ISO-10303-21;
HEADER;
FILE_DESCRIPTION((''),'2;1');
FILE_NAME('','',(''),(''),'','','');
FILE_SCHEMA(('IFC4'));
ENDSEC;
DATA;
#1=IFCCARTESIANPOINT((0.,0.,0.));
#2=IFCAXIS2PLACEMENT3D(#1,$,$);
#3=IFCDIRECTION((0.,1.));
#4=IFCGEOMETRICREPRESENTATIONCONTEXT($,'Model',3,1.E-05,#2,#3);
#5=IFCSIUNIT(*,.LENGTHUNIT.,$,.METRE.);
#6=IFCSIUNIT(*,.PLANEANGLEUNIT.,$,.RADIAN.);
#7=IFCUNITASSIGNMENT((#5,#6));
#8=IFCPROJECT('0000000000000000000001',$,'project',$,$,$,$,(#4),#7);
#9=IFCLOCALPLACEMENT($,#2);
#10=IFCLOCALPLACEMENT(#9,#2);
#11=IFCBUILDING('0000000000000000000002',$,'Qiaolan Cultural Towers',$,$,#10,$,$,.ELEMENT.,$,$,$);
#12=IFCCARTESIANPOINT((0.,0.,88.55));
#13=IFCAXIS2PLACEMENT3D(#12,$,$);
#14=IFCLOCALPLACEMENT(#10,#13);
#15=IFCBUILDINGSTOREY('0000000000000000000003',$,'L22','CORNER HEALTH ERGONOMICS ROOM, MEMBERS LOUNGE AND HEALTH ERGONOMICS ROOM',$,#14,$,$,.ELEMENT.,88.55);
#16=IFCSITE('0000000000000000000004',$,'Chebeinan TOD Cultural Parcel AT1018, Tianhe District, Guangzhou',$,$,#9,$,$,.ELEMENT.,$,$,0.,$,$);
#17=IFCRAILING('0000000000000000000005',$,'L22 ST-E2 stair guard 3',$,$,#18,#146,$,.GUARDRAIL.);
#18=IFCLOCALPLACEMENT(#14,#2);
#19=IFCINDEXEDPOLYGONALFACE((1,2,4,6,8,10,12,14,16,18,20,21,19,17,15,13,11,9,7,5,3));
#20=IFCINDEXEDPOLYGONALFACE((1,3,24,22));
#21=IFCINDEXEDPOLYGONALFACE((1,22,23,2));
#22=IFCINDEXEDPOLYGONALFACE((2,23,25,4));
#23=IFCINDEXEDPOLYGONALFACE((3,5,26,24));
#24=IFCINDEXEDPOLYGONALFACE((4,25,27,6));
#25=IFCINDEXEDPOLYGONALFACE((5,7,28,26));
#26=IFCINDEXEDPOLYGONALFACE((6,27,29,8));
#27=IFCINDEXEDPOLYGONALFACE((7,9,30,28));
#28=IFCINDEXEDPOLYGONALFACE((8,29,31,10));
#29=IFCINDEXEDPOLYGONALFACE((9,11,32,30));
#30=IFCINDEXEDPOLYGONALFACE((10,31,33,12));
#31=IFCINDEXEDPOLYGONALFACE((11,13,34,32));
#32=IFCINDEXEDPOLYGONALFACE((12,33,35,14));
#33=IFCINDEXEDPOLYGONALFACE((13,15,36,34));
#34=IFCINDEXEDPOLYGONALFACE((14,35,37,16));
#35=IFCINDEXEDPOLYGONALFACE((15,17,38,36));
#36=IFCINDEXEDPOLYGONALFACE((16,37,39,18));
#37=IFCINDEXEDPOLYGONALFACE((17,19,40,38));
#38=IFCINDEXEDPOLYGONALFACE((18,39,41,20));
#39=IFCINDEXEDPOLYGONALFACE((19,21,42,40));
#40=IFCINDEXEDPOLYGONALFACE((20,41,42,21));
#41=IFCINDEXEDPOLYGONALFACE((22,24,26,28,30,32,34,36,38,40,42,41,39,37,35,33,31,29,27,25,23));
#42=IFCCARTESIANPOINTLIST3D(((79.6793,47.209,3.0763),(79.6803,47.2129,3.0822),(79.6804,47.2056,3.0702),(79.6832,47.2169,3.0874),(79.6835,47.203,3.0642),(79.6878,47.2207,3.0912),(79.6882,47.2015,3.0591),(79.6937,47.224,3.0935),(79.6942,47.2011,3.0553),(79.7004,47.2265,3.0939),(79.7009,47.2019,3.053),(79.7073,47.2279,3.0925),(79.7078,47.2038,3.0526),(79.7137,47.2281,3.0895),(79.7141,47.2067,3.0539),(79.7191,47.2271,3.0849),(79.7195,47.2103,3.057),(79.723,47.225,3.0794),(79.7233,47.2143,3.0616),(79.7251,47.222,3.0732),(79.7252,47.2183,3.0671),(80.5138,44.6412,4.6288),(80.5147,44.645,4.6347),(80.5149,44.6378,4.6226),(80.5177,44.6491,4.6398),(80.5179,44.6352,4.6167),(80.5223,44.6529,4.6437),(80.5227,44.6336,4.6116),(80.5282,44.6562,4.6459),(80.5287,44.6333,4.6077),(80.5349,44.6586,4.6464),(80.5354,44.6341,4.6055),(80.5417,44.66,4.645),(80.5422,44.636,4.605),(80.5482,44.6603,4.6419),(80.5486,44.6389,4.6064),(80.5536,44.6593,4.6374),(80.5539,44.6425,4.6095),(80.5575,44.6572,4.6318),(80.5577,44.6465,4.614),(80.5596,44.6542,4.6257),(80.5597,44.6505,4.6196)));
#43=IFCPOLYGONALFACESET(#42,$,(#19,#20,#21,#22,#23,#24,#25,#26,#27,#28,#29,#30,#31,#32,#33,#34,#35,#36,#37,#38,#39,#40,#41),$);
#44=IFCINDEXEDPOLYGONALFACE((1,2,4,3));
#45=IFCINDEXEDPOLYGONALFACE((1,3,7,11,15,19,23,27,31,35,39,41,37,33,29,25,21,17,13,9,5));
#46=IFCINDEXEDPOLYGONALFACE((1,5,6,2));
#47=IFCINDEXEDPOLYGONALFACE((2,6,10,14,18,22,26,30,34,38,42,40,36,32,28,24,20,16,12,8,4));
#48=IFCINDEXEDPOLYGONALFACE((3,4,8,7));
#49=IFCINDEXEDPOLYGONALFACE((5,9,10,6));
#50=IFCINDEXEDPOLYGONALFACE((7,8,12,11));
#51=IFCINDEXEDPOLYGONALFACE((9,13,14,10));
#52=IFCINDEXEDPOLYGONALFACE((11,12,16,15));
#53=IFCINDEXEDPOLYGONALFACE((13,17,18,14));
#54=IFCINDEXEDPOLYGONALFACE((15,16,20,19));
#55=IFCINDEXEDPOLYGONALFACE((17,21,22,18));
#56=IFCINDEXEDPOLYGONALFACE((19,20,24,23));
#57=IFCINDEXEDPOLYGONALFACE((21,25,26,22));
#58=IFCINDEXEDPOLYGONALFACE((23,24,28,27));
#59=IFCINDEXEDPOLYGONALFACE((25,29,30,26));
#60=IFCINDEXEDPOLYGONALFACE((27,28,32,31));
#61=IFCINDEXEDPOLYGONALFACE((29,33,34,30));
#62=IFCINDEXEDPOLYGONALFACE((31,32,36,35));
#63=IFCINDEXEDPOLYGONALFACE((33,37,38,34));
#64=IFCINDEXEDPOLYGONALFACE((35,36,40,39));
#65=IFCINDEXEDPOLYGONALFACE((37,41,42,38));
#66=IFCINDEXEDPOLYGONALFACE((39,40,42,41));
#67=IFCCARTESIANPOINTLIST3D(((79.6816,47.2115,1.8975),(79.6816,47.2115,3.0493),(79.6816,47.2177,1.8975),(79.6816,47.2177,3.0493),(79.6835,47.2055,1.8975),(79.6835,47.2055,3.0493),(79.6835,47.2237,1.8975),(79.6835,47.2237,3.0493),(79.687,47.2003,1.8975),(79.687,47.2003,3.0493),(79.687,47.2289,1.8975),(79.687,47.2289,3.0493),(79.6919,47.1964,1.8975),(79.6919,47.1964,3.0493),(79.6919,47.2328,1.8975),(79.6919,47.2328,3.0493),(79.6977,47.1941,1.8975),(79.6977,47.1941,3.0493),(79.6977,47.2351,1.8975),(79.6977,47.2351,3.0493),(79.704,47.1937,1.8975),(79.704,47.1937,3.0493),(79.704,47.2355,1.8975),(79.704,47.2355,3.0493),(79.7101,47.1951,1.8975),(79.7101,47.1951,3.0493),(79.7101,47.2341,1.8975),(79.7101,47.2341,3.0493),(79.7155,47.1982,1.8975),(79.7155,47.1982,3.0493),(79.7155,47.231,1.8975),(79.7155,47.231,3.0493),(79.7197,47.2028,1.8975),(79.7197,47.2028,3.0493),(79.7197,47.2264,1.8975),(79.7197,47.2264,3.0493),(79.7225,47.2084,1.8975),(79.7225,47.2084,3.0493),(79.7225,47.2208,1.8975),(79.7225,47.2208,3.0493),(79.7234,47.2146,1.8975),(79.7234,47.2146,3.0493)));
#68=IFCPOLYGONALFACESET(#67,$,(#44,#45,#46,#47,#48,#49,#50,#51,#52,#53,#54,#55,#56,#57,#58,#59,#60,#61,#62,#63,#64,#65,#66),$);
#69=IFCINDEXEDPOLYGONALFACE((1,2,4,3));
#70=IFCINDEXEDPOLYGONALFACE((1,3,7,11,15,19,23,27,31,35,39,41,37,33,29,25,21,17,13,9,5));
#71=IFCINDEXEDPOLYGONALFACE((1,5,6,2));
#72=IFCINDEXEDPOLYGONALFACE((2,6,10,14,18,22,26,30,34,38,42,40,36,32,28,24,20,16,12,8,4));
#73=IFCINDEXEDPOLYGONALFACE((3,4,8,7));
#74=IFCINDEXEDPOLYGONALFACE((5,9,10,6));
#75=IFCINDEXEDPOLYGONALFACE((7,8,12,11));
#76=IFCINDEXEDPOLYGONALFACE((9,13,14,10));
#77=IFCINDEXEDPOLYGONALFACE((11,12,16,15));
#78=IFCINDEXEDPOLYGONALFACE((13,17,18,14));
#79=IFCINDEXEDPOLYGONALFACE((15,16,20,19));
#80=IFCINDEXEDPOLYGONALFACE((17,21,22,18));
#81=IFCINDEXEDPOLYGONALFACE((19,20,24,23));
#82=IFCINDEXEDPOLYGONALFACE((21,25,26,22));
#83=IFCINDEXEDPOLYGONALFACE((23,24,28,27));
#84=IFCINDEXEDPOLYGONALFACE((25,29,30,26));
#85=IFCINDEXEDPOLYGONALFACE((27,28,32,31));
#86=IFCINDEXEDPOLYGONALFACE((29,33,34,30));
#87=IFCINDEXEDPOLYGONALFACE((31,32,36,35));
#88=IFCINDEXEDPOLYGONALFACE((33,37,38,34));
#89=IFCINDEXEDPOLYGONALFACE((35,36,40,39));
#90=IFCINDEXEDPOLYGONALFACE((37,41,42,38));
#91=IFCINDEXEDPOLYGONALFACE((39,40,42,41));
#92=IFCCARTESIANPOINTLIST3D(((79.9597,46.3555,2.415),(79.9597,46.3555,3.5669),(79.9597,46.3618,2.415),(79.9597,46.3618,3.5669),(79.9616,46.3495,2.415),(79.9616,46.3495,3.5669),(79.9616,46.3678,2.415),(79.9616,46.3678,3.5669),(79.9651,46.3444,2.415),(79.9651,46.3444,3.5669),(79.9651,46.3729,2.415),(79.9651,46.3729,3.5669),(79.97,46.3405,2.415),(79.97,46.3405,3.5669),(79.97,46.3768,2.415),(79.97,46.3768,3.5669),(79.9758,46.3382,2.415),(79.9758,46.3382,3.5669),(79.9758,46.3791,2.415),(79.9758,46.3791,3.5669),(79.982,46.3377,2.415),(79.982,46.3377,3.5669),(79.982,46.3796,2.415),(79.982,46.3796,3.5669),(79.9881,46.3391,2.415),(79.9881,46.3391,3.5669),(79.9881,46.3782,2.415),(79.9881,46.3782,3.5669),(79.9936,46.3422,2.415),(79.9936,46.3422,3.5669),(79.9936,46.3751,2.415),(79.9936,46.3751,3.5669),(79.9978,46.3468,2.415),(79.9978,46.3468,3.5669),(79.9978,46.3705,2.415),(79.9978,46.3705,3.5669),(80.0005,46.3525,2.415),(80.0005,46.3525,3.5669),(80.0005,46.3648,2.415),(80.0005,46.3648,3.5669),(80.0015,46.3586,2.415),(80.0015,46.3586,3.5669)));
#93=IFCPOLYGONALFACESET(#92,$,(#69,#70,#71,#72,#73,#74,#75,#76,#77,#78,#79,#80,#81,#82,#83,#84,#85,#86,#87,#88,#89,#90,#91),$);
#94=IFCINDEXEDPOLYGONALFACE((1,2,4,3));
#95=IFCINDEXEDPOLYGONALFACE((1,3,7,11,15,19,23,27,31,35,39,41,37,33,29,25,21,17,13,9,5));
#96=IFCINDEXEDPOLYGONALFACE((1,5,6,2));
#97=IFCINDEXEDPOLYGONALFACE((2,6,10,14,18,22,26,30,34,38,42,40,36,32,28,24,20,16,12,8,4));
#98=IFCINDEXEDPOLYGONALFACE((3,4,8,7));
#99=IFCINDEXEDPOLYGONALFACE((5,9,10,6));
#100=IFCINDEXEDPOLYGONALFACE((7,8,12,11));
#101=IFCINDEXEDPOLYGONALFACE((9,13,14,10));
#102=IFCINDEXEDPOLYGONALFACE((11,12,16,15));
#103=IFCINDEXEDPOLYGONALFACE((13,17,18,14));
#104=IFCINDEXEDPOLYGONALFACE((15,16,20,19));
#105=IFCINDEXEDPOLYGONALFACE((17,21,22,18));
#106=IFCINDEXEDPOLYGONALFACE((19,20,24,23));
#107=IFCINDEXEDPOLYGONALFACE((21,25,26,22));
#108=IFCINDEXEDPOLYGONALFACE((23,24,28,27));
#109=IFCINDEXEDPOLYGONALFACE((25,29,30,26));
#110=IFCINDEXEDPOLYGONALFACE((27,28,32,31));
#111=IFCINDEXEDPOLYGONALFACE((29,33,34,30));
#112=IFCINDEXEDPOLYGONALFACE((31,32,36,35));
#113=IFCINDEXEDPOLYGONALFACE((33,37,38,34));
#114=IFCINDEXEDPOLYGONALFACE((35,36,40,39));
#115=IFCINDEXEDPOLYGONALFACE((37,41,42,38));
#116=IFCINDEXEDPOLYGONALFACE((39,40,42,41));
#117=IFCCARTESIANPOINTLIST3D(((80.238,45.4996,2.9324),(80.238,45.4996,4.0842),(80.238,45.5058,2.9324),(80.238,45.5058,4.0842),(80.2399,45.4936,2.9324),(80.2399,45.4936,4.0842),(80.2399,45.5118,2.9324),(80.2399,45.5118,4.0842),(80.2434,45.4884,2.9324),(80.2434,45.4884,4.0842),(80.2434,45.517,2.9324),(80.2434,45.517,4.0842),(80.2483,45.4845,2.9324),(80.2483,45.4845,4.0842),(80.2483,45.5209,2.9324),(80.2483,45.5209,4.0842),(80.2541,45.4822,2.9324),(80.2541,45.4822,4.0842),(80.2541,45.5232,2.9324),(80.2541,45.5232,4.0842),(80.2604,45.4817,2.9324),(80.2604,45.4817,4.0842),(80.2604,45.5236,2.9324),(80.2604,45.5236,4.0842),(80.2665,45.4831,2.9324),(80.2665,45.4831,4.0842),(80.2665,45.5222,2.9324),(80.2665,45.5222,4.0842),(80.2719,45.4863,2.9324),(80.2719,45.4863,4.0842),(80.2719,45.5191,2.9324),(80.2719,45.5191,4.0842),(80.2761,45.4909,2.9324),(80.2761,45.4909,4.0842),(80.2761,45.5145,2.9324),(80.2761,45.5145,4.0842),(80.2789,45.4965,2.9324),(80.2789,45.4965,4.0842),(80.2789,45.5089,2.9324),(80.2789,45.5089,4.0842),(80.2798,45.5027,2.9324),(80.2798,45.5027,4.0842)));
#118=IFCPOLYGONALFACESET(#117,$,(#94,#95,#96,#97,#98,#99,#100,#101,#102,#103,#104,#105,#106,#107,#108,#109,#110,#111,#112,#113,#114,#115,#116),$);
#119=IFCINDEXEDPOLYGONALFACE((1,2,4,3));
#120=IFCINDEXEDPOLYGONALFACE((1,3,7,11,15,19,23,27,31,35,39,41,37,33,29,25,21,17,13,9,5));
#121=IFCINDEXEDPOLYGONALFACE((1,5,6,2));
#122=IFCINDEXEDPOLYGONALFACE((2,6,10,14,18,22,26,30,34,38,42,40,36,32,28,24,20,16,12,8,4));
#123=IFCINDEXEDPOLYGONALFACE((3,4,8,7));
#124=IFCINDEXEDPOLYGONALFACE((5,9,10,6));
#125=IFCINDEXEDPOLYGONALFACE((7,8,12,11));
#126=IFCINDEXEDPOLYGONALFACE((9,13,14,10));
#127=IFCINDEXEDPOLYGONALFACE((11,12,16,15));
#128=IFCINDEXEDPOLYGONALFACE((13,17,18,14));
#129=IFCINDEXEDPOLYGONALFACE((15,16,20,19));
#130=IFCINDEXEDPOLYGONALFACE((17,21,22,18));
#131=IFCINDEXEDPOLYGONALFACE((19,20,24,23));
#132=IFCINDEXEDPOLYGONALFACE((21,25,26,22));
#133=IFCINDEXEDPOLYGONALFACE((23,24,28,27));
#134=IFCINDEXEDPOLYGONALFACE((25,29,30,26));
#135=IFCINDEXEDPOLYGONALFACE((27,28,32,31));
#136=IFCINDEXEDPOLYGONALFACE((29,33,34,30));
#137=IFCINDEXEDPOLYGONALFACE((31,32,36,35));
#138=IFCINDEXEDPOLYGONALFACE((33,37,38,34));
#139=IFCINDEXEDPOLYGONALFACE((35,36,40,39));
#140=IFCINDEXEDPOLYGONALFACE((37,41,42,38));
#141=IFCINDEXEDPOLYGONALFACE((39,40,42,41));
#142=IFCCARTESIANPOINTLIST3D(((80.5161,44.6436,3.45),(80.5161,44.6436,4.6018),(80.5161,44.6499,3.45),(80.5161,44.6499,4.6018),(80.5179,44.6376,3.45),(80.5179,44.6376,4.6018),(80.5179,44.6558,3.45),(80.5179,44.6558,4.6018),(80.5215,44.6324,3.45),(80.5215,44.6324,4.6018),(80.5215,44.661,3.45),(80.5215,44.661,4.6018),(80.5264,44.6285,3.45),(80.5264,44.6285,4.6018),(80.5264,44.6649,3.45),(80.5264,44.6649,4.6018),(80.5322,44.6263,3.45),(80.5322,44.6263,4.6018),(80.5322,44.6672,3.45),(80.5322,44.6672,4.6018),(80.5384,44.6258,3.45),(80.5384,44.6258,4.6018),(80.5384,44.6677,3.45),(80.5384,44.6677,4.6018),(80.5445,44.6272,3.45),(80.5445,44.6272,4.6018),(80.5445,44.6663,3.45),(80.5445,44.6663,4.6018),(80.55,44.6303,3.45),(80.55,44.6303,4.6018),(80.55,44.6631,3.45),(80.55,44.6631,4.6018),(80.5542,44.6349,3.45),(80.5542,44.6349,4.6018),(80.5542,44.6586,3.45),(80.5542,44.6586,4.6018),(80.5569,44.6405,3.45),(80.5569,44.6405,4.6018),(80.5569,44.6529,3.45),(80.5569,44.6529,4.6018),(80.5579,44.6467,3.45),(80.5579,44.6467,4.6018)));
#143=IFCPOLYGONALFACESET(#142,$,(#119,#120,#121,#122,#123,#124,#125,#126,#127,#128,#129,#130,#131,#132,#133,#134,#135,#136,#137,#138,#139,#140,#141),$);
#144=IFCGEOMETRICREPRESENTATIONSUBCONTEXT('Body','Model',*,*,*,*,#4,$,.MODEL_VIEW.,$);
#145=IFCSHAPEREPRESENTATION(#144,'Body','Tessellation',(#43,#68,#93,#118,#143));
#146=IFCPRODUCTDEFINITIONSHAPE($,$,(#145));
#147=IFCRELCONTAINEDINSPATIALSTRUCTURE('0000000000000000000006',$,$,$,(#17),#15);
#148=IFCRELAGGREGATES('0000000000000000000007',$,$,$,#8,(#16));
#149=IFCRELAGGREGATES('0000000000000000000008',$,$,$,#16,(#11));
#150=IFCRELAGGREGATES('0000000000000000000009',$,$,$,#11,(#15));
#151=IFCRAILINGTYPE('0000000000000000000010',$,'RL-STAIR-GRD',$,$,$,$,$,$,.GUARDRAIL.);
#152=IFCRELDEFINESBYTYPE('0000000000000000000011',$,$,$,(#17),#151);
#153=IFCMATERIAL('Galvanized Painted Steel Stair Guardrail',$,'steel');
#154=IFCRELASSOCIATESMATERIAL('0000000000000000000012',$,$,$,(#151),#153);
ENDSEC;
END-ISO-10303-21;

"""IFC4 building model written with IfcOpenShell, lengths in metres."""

from ifc_helpers import new_model, si_unit, direction, frame, origin, origin_2d, place, context, subcontext, project, spatial, circle, extrude, material, type_object, element, save


model = new_model("IFC4")

# Units and contexts
model_context = context("Model", 3, precision=1e-05, world=origin(), true_north=direction((0.0, 1.0)))
body_context = subcontext(model_context, "Body", "Model", "MODEL_VIEW")
ifc_project = project(units=[si_unit("LENGTHUNIT", "METRE"), si_unit("PLANEANGLEUNIT", "RADIAN")], contexts=[model_context])

# Site, building, storey
site_placement = place(None, origin())
site = spatial("IfcSite", under=ifc_project, at=site_placement, Name="Chebeinan TOD Cultural Parcel AT1018, Tianhe District, Guangzhou", CompositionType="ELEMENT", RefElevation=0.0)
building_placement = place(site_placement, origin())
building = spatial("IfcBuilding", under=site, at=building_placement, Name="Qiaolan Cultural Towers", CompositionType="ELEMENT")
storey_placement = place(building_placement, frame((0.0, 0.0, 88.55)))
storey = spatial("IfcBuildingStorey", under=building, at=storey_placement, Name="L22", Description="CORNER HEALTH ERGONOMICS ROOM, MEMBERS LOUNGE AND HEALTH ERGONOMICS ROOM", CompositionType="ELEMENT", Elevation=88.55)

# Railing
ifc_material_1 = material(Name="Galvanized Painted Steel Stair Guardrail", Category="steel")
railing_type_1 = type_object("IfcRailingType", Name="RL-STAIR-GRD", PredefinedType="GUARDRAIL", material=ifc_material_1)
railing_1_placement = place(storey_placement, frame((79.7024, 47.2146, 1.8975)))
element("IfcRailing", 1, at=railing_1_placement, inside=storey, type_object=railing_type_1, Name="L22 ST-E2 stair guard 3", PredefinedType="GUARDRAIL", context=body_context, shape_type="SweptSolid", body=[
    extrude(circle(Radius=0.0239, at=origin_2d()), frame((0.0, 0.0, 1.1758), z_axis=(0.267926, -0.824471, 0.498461), x_axis=(0.951043, 0.309057, 0.0)), (0.0, 0.0, 1.0), 3.1145),
    extrude(circle(Radius=0.021, at=origin_2d()), origin(), (0.0, 0.0, 1.0), 1.1519),
    extrude(circle(Radius=0.021, at=origin_2d()), frame((0.2781, -0.856, 0.5176)), (0.0, 0.0, 1.0), 1.1519),
    extrude(circle(Radius=0.021, at=origin_2d()), frame((0.5564, -1.7119, 1.0349)), (0.0, 0.0, 1.0), 1.1519),
    extrude(circle(Radius=0.021, at=origin_2d()), frame((0.8345, -2.5679, 1.5525)), (0.0, 0.0, 1.0), 1.1519),
])

save(model, "model.ifc")
